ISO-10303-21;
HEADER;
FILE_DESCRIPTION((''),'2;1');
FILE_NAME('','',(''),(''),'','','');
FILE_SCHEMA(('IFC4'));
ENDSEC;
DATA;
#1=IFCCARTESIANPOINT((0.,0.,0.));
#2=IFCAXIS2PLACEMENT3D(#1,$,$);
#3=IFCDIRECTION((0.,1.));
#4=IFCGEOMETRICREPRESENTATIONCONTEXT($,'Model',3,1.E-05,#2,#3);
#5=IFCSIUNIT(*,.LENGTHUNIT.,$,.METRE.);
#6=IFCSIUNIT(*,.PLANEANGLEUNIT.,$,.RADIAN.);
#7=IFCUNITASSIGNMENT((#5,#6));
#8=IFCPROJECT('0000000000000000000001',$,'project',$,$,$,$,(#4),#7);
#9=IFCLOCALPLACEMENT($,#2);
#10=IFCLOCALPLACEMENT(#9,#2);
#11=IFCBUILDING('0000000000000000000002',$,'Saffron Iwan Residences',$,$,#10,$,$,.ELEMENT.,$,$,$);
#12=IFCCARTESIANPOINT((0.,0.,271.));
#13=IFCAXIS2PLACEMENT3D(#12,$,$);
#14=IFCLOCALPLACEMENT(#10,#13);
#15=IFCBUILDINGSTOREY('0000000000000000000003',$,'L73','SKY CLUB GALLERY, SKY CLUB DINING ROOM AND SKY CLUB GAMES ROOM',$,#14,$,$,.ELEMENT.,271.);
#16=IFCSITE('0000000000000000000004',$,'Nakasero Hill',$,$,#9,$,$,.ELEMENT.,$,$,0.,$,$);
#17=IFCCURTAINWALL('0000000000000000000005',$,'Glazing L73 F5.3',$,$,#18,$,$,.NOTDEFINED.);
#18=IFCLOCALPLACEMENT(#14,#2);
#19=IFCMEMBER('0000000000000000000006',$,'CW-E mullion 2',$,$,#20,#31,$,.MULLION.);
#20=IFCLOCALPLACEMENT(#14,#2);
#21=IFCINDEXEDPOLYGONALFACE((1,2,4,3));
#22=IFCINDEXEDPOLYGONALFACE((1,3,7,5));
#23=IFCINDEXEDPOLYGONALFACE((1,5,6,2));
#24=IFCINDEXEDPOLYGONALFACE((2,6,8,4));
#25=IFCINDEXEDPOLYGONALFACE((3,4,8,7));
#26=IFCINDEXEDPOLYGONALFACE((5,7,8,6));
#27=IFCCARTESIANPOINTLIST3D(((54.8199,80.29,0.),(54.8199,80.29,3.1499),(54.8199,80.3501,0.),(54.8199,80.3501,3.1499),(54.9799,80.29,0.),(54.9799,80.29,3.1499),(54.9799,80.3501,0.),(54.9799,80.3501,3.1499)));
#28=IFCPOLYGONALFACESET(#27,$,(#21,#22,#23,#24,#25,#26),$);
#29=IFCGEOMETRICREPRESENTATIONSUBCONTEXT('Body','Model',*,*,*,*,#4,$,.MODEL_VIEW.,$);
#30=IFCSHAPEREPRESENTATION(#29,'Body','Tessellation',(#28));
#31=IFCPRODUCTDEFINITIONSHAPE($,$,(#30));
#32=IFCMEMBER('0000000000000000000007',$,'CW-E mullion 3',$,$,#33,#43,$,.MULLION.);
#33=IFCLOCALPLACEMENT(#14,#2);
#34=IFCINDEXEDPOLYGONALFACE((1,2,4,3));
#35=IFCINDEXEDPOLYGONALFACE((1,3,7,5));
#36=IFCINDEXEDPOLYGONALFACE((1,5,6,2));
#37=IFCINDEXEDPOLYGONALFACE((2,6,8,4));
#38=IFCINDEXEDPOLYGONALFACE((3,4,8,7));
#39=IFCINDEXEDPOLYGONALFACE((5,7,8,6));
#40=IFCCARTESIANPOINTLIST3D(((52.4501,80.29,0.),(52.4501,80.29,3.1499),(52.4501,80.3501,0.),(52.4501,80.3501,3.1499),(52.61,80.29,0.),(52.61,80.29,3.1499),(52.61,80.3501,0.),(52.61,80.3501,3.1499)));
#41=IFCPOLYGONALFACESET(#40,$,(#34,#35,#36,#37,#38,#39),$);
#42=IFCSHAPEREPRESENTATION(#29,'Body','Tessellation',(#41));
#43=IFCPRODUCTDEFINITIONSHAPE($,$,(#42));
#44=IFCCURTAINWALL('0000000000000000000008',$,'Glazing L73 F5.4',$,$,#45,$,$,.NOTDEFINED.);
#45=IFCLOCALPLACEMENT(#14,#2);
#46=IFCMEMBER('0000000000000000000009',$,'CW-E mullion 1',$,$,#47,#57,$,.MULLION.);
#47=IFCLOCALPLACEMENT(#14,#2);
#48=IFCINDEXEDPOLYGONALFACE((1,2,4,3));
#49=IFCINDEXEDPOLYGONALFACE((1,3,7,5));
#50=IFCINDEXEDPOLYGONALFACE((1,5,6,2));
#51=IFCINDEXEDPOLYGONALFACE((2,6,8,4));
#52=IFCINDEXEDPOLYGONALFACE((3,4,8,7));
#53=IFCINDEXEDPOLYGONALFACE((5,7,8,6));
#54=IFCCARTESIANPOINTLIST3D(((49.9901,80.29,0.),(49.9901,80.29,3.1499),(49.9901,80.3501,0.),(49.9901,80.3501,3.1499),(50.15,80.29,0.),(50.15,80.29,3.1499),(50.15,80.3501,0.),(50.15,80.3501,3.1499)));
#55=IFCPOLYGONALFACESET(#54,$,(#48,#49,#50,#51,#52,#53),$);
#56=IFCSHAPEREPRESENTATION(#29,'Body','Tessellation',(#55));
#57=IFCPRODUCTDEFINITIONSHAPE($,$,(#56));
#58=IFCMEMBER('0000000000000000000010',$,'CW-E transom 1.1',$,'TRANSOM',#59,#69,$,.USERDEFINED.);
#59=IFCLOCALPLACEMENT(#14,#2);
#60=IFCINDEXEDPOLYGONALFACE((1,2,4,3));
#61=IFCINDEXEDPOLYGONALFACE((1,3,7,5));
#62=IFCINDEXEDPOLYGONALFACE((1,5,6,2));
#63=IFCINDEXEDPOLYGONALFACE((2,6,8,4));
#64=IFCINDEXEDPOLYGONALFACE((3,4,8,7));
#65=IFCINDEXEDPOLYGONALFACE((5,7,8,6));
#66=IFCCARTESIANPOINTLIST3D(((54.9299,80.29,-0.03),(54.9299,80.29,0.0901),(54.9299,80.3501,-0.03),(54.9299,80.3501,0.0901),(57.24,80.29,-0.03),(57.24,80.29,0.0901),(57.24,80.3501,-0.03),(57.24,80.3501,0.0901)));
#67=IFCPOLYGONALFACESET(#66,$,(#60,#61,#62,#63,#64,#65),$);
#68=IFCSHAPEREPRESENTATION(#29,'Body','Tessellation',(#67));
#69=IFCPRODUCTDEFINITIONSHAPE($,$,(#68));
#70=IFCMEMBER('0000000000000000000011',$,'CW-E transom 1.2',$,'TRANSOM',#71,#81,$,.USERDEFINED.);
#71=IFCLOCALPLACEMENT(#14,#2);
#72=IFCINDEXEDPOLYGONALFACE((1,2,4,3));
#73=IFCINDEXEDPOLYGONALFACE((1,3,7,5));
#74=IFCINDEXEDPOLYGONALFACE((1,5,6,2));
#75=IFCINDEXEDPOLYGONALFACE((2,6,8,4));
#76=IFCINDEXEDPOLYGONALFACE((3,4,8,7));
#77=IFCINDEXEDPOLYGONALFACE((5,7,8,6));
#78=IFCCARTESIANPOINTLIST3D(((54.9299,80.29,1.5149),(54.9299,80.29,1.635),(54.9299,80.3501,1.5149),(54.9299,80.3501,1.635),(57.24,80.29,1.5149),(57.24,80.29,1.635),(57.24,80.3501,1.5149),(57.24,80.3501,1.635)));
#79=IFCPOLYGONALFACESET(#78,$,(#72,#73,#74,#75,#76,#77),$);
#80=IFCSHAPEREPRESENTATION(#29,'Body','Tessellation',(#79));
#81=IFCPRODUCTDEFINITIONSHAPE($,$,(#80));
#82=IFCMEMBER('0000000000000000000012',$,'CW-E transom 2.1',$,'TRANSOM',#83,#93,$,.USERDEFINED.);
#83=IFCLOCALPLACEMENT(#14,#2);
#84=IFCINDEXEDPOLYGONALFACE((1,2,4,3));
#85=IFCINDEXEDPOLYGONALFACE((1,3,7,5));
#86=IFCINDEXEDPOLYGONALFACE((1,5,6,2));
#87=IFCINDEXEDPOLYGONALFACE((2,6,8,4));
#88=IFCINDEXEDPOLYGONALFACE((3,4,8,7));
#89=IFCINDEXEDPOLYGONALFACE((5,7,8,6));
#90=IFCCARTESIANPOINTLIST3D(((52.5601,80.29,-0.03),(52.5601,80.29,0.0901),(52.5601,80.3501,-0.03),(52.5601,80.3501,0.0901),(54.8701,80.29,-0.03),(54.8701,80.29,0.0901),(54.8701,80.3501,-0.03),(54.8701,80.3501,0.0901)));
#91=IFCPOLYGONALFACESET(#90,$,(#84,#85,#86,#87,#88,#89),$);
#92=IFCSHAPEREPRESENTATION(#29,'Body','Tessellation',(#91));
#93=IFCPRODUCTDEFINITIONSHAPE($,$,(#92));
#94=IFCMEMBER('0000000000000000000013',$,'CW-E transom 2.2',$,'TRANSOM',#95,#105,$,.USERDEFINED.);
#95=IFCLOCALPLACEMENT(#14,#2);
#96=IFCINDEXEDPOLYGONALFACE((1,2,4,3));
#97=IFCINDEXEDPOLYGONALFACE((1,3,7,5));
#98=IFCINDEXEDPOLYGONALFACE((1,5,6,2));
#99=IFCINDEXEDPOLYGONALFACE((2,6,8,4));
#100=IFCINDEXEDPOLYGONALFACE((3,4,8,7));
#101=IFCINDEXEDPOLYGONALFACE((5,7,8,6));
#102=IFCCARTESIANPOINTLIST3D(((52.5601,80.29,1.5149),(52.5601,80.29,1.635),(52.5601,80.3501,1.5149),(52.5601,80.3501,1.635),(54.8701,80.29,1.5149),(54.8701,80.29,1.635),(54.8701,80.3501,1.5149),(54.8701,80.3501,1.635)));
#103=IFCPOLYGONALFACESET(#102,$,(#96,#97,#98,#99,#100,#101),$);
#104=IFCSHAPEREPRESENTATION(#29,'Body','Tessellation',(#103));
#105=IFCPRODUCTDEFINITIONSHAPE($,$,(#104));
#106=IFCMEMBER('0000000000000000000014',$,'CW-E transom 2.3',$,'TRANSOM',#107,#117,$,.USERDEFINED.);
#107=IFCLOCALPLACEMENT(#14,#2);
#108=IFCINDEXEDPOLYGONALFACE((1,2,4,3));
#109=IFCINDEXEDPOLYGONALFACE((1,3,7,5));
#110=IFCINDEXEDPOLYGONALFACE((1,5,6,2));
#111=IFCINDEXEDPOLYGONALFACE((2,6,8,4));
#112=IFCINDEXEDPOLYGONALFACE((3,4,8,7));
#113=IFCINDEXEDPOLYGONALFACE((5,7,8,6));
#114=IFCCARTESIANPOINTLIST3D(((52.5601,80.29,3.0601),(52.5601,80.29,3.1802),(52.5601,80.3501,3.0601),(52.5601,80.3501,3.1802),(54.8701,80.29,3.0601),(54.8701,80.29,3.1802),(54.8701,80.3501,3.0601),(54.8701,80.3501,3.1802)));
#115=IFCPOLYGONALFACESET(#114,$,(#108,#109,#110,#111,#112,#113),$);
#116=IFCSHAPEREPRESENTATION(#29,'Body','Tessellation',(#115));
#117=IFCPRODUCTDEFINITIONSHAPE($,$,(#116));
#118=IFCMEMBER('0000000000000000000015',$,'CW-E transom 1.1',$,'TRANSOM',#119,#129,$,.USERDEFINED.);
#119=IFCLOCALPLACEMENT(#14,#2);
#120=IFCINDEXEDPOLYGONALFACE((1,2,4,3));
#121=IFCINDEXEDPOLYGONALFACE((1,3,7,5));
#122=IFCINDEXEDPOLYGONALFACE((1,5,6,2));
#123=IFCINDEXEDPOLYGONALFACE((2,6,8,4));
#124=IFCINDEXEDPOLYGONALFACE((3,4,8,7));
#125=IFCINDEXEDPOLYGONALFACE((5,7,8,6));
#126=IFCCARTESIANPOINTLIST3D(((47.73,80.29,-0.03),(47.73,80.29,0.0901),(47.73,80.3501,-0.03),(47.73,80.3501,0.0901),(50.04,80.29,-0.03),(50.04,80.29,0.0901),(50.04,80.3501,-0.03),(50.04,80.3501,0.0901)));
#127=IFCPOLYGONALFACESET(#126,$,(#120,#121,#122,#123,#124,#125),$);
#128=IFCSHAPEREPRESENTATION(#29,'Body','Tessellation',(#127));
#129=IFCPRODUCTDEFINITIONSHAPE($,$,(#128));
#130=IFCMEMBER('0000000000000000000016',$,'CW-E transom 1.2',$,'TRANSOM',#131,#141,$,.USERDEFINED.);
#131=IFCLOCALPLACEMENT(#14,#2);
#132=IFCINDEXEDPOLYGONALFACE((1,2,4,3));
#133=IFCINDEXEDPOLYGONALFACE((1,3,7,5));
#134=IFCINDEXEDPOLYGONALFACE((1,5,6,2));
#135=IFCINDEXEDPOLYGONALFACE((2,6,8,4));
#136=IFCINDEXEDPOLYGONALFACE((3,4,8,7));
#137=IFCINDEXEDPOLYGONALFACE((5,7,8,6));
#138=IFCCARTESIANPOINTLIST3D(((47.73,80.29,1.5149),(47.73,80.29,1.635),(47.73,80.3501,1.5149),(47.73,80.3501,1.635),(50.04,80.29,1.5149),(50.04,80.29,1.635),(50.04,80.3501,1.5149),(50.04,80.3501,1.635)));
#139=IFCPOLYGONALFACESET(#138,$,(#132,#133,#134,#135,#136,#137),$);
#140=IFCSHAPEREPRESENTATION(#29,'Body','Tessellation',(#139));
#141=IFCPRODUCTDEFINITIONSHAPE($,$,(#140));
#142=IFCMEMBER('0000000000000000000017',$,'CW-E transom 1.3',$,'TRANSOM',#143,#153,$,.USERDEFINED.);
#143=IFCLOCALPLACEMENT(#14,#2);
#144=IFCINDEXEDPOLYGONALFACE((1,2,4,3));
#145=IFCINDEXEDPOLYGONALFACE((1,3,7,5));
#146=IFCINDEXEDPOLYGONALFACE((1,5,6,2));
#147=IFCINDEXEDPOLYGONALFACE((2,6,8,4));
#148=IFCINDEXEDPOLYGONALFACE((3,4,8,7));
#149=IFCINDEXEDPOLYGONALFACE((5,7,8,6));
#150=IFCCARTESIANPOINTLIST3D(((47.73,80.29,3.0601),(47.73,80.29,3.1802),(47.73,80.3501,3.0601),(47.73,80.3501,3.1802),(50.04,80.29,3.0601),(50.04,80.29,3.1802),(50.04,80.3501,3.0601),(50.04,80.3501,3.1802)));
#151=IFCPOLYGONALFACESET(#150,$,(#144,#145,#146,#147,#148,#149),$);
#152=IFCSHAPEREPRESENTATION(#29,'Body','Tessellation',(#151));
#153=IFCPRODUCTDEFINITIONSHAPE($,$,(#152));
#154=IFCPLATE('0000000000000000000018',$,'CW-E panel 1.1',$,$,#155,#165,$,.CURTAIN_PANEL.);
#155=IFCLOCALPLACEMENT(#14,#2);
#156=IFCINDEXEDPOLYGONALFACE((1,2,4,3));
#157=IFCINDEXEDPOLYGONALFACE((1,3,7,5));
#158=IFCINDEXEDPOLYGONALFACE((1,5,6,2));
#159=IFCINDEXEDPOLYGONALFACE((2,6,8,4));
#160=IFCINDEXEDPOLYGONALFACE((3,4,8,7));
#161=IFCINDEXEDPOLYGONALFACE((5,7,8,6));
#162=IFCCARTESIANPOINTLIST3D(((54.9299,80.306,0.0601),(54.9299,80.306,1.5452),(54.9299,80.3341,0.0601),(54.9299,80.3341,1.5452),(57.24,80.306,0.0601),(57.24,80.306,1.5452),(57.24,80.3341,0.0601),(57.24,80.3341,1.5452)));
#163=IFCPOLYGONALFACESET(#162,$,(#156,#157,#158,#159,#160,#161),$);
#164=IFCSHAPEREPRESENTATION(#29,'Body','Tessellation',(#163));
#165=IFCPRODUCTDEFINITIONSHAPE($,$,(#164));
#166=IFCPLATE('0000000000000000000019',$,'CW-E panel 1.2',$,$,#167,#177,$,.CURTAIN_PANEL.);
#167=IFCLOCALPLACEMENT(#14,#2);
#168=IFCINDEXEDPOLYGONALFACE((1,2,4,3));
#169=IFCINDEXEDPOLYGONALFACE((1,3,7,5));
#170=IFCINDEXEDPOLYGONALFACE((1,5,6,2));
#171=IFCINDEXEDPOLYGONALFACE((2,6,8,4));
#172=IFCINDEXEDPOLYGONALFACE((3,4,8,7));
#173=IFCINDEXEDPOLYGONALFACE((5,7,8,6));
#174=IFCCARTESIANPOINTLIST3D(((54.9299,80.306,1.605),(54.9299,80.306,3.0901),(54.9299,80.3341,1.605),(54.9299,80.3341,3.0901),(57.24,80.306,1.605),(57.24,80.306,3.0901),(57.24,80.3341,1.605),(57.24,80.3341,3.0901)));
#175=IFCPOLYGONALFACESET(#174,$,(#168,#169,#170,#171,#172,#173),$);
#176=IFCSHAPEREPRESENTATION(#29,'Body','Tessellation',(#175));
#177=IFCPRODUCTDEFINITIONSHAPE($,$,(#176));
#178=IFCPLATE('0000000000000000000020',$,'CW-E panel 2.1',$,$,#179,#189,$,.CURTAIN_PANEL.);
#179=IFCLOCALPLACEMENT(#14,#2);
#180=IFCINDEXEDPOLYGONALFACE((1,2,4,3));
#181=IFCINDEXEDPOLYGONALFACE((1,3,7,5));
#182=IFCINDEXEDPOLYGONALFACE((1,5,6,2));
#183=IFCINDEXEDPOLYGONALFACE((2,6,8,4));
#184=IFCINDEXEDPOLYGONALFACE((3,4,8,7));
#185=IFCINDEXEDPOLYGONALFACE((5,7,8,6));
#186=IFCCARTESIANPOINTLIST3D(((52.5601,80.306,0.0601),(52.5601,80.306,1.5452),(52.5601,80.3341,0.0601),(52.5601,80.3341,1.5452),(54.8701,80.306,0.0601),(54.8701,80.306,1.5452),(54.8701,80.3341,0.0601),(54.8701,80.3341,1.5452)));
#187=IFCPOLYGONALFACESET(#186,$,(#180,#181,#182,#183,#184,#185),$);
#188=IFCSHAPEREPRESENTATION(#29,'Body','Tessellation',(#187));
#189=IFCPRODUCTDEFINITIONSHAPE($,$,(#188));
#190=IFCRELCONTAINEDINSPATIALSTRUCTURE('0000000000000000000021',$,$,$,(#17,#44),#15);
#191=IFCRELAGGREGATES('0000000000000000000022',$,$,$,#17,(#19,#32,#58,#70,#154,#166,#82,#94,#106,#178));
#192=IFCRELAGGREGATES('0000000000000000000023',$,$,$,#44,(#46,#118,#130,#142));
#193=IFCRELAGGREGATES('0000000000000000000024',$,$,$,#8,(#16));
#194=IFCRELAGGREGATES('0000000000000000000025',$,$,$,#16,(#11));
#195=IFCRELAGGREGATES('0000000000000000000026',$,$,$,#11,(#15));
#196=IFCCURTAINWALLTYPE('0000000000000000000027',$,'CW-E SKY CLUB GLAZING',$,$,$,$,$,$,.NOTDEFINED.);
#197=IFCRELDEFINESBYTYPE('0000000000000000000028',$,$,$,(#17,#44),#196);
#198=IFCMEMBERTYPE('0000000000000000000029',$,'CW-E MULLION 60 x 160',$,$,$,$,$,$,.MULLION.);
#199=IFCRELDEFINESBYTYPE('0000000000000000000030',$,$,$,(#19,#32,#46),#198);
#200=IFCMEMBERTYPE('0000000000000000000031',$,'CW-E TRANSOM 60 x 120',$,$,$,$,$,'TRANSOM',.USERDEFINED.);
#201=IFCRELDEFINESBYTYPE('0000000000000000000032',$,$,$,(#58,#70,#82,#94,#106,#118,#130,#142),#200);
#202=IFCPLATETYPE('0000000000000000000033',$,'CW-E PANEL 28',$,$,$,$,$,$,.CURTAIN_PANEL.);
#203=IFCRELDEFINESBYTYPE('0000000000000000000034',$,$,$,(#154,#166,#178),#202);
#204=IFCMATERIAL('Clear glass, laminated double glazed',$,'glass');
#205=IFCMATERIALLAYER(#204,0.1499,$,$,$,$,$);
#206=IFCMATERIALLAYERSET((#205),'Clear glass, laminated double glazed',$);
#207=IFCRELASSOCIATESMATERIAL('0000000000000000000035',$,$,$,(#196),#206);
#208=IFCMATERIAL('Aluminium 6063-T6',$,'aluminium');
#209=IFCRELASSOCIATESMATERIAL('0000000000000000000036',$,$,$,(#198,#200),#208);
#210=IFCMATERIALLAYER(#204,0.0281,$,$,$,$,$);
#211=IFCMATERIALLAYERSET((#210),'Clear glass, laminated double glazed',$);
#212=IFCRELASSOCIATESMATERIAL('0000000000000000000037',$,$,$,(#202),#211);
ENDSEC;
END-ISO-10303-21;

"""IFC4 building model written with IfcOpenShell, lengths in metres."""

from ifc_helpers import new_model, si_unit, direction, frame, origin, origin_2d, place, context, subcontext, project, spatial, rectangle, extrude, source, transform, mapped, material, layer, layer_set, material_profile, profile_set, type_object, element, aggregate, save


model = new_model("IFC4")

# Units and contexts
model_context = context("Model", 3, precision=1e-05, world=origin(), true_north=direction((0.0, 1.0)))
body_context = subcontext(model_context, "Body", "Model", "MODEL_VIEW")
ifc_project = project(units=[si_unit("LENGTHUNIT", "METRE"), si_unit("PLANEANGLEUNIT", "RADIAN")], contexts=[model_context])

# Site, building, storey
site_placement = place(None, origin())
site = spatial("IfcSite", under=ifc_project, at=site_placement, Name="Nakasero Hill", CompositionType="ELEMENT", RefElevation=0.0)
building_placement = place(site_placement, origin())
building = spatial("IfcBuilding", under=site, at=building_placement, Name="Saffron Iwan Residences", CompositionType="ELEMENT")
storey_placement = place(building_placement, frame((0.0, 0.0, 271.0)))
storey = spatial("IfcBuildingStorey", under=building, at=storey_placement, Name="L73", Description="SKY CLUB GALLERY, SKY CLUB DINING ROOM AND SKY CLUB GAMES ROOM", CompositionType="ELEMENT", Elevation=271.0)

# Curtain wall, members
ifc_material_1 = material(Name="Clear glass, laminated double glazed", Category="glass")
ifc_layer_1 = layer(ifc_material_1, 0.1499)
ifc_layer_set_1 = layer_set([ifc_layer_1], Name="Clear glass, laminated double glazed")
curtain_wall_type = type_object("IfcCurtainWallType", Name="CW-E SKY CLUB GLAZING", PredefinedType="NOTDEFINED", material=ifc_layer_set_1)
curtain_wall_1_placement = place(storey_placement, origin())
curtain_wall_1 = element("IfcCurtainWall", 1, at=curtain_wall_1_placement, inside=storey, type_object=curtain_wall_type, Name="Glazing L73 F5.3", PredefinedType="NOTDEFINED")
ifc_material_2 = material(Name="Aluminium 6063-T6", Category="aluminium")
ifc_material_profile_1 = material_profile(ifc_material_2, rectangle(XDim=0.0601, YDim=0.1599, at=origin_2d()), Name="CW-E MULLION 60 x 160")
ifc_profile_set_1 = profile_set([ifc_material_profile_1], Name="Aluminium 6063-T6")
member_type_1 = type_object("IfcMemberType", Name="CW-E MULLION 60 x 160", PredefinedType="MULLION", material=ifc_profile_set_1)
shared_shape_1 = source(origin(), body_context, "Body", "SweptSolid", [
    extrude(rectangle(XDim=0.0601, YDim=0.1599, at=origin_2d()), origin(), (0.0, 0.0, 1.0), 3.1499),
])
member_1_placement = place(storey_placement, frame((54.8999, 80.3201, 0.0), z_axis=(0.0, 0.0, 1.0), x_axis=(0.0, -1.0, 0.0)))
member_1 = element("IfcMember", 2, at=member_1_placement, type_object=member_type_1, Name="CW-E mullion 2", PredefinedType="MULLION", context=body_context, shape_type="MappedRepresentation", body=[
    mapped(shared_shape_1, transform((0.0, 0.0, 0.0))),
])
member_2_placement = place(storey_placement, frame((52.53, 80.3201, 0.0), z_axis=(0.0, 0.0, 1.0), x_axis=(0.0, -1.0, 0.0)))
member_2 = element("IfcMember", 3, at=member_2_placement, type_object=member_type_1, Name="CW-E mullion 3", PredefinedType="MULLION", context=body_context, shape_type="MappedRepresentation", body=[
    mapped(shared_shape_1, transform((0.0, 0.0, 0.0))),
])

# Curtain wall, member
curtain_wall_2_placement = place(storey_placement, origin())
curtain_wall_2 = element("IfcCurtainWall", 4, at=curtain_wall_2_placement, inside=storey, type_object=curtain_wall_type, Name="Glazing L73 F5.4", PredefinedType="NOTDEFINED")
member_3_placement = place(storey_placement, frame((50.0701, 80.3201, 0.0), z_axis=(0.0, 0.0, 1.0), x_axis=(0.0, -1.0, 0.0)))
member_3 = element("IfcMember", 5, at=member_3_placement, type_object=member_type_1, Name="CW-E mullion 1", PredefinedType="MULLION", context=body_context, shape_type="MappedRepresentation", body=[
    mapped(shared_shape_1, transform((0.0, 0.0, 0.0))),
])

# Members
ifc_material_profile_2 = material_profile(ifc_material_2, rectangle(XDim=0.0601, YDim=0.1201, at=origin_2d()), Name="CW-E TRANSOM 60 x 120")
ifc_profile_set_2 = profile_set([ifc_material_profile_2], Name="Aluminium 6063-T6")
member_type_2 = type_object("IfcMemberType", Name="CW-E TRANSOM 60 x 120", ElementType="TRANSOM", PredefinedType="USERDEFINED", material=ifc_profile_set_2)
shared_shape_2 = source(origin(), body_context, "Body", "SweptSolid", [
    extrude(rectangle(XDim=0.0601, YDim=0.1201, at=origin_2d()), origin(), (0.0, 0.0, 1.0), 2.3101),
])
member_4_placement = place(storey_placement, frame((57.24, 80.3201, 0.03), z_axis=(-1.0, 0.0, 0.0), x_axis=(0.0, -1.0, 0.0)))
member_4 = element("IfcMember", 6, at=member_4_placement, type_object=member_type_2, Name="CW-E transom 1.1", ObjectType="TRANSOM", PredefinedType="USERDEFINED", context=body_context, shape_type="MappedRepresentation", body=[
    mapped(shared_shape_2, transform((0.0, 0.0, 0.0))),
])
member_5_placement = place(storey_placement, frame((57.24, 80.3201, 1.575), z_axis=(-1.0, 0.0, 0.0), x_axis=(0.0, -1.0, 0.0)))
member_5 = element("IfcMember", 7, at=member_5_placement, type_object=member_type_2, Name="CW-E transom 1.2", ObjectType="TRANSOM", PredefinedType="USERDEFINED", context=body_context, shape_type="MappedRepresentation", body=[
    mapped(shared_shape_2, transform((0.0, 0.0, 0.0))),
])
member_6_placement = place(storey_placement, frame((54.8701, 80.3201, 0.03), z_axis=(-1.0, 0.0, 0.0), x_axis=(0.0, -1.0, 0.0)))
member_6 = element("IfcMember", 8, at=member_6_placement, type_object=member_type_2, Name="CW-E transom 2.1", ObjectType="TRANSOM", PredefinedType="USERDEFINED", context=body_context, shape_type="MappedRepresentation", body=[
    mapped(shared_shape_2, transform((0.0, 0.0, 0.0))),
])
member_7_placement = place(storey_placement, frame((54.8701, 80.3201, 1.575), z_axis=(-1.0, 0.0, 0.0), x_axis=(0.0, -1.0, 0.0)))
member_7 = element("IfcMember", 9, at=member_7_placement, type_object=member_type_2, Name="CW-E transom 2.2", ObjectType="TRANSOM", PredefinedType="USERDEFINED", context=body_context, shape_type="MappedRepresentation", body=[
    mapped(shared_shape_2, transform((0.0, 0.0, 0.0))),
])
member_8_placement = place(storey_placement, frame((54.8701, 80.3201, 3.1201), z_axis=(-1.0, 0.0, 0.0), x_axis=(0.0, -1.0, 0.0)))
member_8 = element("IfcMember", 10, at=member_8_placement, type_object=member_type_2, Name="CW-E transom 2.3", ObjectType="TRANSOM", PredefinedType="USERDEFINED", context=body_context, shape_type="MappedRepresentation", body=[
    mapped(shared_shape_2, transform((0.0, 0.0, 0.0))),
])
member_9_placement = place(storey_placement, frame((50.04, 80.3201, 0.03), z_axis=(-1.0, 0.0, 0.0), x_axis=(0.0, -1.0, 0.0)))
member_9 = element("IfcMember", 11, at=member_9_placement, type_object=member_type_2, Name="CW-E transom 1.1", ObjectType="TRANSOM", PredefinedType="USERDEFINED", context=body_context, shape_type="MappedRepresentation", body=[
    mapped(shared_shape_2, transform((0.0, 0.0, 0.0))),
])
member_10_placement = place(storey_placement, frame((50.04, 80.3201, 1.575), z_axis=(-1.0, 0.0, 0.0), x_axis=(0.0, -1.0, 0.0)))
member_10 = element("IfcMember", 12, at=member_10_placement, type_object=member_type_2, Name="CW-E transom 1.2", ObjectType="TRANSOM", PredefinedType="USERDEFINED", context=body_context, shape_type="MappedRepresentation", body=[
    mapped(shared_shape_2, transform((0.0, 0.0, 0.0))),
])
member_11_placement = place(storey_placement, frame((50.04, 80.3201, 3.1201), z_axis=(-1.0, 0.0, 0.0), x_axis=(0.0, -1.0, 0.0)))
member_11 = element("IfcMember", 13, at=member_11_placement, type_object=member_type_2, Name="CW-E transom 1.3", ObjectType="TRANSOM", PredefinedType="USERDEFINED", context=body_context, shape_type="MappedRepresentation", body=[
    mapped(shared_shape_2, transform((0.0, 0.0, 0.0))),
])

# Plates
ifc_layer_2 = layer(ifc_material_1, 0.0281)
ifc_layer_set_2 = layer_set([ifc_layer_2], Name="Clear glass, laminated double glazed")
plate_type = type_object("IfcPlateType", Name="CW-E PANEL 28", PredefinedType="CURTAIN_PANEL", material=ifc_layer_set_2)
shared_shape_3 = source(origin(), body_context, "Body", "SweptSolid", [
    extrude(rectangle(XDim=2.3101, YDim=0.0281, at=origin_2d()), origin(), (0.0, 0.0, 1.0), 1.4851),
])
plate_1_placement = place(storey_placement, frame((56.085, 80.3201, 0.0601), z_axis=(0.0, 0.0, 1.0), x_axis=(-1.0, 0.0, 0.0)))
plate_1 = element("IfcPlate", 14, at=plate_1_placement, type_object=plate_type, Name="CW-E panel 1.1", PredefinedType="CURTAIN_PANEL", context=body_context, shape_type="MappedRepresentation", body=[
    mapped(shared_shape_3, transform((0.0, 0.0, 0.0))),
])
plate_2_placement = place(storey_placement, frame((56.085, 80.3201, 1.605), z_axis=(0.0, 0.0, 1.0), x_axis=(-1.0, 0.0, 0.0)))
plate_2 = element("IfcPlate", 15, at=plate_2_placement, type_object=plate_type, Name="CW-E panel 1.2", PredefinedType="CURTAIN_PANEL", context=body_context, shape_type="MappedRepresentation", body=[
    mapped(shared_shape_3, transform((0.0, 0.0, 0.0))),
])
plate_3_placement = place(storey_placement, frame((53.7151, 80.3201, 0.0601), z_axis=(0.0, 0.0, 1.0), x_axis=(-1.0, 0.0, 0.0)))
plate_3 = element("IfcPlate", 16, at=plate_3_placement, type_object=plate_type, Name="CW-E panel 2.1", PredefinedType="CURTAIN_PANEL", context=body_context, shape_type="MappedRepresentation", body=[
    mapped(shared_shape_3, transform((0.0, 0.0, 0.0))),
])
aggregate(curtain_wall_1, [member_1, member_2, member_4, member_5, plate_1, plate_2, member_6, member_7, member_8, plate_3])
aggregate(curtain_wall_2, [member_3, member_9, member_10, member_11])

save(model, "model.ifc")
